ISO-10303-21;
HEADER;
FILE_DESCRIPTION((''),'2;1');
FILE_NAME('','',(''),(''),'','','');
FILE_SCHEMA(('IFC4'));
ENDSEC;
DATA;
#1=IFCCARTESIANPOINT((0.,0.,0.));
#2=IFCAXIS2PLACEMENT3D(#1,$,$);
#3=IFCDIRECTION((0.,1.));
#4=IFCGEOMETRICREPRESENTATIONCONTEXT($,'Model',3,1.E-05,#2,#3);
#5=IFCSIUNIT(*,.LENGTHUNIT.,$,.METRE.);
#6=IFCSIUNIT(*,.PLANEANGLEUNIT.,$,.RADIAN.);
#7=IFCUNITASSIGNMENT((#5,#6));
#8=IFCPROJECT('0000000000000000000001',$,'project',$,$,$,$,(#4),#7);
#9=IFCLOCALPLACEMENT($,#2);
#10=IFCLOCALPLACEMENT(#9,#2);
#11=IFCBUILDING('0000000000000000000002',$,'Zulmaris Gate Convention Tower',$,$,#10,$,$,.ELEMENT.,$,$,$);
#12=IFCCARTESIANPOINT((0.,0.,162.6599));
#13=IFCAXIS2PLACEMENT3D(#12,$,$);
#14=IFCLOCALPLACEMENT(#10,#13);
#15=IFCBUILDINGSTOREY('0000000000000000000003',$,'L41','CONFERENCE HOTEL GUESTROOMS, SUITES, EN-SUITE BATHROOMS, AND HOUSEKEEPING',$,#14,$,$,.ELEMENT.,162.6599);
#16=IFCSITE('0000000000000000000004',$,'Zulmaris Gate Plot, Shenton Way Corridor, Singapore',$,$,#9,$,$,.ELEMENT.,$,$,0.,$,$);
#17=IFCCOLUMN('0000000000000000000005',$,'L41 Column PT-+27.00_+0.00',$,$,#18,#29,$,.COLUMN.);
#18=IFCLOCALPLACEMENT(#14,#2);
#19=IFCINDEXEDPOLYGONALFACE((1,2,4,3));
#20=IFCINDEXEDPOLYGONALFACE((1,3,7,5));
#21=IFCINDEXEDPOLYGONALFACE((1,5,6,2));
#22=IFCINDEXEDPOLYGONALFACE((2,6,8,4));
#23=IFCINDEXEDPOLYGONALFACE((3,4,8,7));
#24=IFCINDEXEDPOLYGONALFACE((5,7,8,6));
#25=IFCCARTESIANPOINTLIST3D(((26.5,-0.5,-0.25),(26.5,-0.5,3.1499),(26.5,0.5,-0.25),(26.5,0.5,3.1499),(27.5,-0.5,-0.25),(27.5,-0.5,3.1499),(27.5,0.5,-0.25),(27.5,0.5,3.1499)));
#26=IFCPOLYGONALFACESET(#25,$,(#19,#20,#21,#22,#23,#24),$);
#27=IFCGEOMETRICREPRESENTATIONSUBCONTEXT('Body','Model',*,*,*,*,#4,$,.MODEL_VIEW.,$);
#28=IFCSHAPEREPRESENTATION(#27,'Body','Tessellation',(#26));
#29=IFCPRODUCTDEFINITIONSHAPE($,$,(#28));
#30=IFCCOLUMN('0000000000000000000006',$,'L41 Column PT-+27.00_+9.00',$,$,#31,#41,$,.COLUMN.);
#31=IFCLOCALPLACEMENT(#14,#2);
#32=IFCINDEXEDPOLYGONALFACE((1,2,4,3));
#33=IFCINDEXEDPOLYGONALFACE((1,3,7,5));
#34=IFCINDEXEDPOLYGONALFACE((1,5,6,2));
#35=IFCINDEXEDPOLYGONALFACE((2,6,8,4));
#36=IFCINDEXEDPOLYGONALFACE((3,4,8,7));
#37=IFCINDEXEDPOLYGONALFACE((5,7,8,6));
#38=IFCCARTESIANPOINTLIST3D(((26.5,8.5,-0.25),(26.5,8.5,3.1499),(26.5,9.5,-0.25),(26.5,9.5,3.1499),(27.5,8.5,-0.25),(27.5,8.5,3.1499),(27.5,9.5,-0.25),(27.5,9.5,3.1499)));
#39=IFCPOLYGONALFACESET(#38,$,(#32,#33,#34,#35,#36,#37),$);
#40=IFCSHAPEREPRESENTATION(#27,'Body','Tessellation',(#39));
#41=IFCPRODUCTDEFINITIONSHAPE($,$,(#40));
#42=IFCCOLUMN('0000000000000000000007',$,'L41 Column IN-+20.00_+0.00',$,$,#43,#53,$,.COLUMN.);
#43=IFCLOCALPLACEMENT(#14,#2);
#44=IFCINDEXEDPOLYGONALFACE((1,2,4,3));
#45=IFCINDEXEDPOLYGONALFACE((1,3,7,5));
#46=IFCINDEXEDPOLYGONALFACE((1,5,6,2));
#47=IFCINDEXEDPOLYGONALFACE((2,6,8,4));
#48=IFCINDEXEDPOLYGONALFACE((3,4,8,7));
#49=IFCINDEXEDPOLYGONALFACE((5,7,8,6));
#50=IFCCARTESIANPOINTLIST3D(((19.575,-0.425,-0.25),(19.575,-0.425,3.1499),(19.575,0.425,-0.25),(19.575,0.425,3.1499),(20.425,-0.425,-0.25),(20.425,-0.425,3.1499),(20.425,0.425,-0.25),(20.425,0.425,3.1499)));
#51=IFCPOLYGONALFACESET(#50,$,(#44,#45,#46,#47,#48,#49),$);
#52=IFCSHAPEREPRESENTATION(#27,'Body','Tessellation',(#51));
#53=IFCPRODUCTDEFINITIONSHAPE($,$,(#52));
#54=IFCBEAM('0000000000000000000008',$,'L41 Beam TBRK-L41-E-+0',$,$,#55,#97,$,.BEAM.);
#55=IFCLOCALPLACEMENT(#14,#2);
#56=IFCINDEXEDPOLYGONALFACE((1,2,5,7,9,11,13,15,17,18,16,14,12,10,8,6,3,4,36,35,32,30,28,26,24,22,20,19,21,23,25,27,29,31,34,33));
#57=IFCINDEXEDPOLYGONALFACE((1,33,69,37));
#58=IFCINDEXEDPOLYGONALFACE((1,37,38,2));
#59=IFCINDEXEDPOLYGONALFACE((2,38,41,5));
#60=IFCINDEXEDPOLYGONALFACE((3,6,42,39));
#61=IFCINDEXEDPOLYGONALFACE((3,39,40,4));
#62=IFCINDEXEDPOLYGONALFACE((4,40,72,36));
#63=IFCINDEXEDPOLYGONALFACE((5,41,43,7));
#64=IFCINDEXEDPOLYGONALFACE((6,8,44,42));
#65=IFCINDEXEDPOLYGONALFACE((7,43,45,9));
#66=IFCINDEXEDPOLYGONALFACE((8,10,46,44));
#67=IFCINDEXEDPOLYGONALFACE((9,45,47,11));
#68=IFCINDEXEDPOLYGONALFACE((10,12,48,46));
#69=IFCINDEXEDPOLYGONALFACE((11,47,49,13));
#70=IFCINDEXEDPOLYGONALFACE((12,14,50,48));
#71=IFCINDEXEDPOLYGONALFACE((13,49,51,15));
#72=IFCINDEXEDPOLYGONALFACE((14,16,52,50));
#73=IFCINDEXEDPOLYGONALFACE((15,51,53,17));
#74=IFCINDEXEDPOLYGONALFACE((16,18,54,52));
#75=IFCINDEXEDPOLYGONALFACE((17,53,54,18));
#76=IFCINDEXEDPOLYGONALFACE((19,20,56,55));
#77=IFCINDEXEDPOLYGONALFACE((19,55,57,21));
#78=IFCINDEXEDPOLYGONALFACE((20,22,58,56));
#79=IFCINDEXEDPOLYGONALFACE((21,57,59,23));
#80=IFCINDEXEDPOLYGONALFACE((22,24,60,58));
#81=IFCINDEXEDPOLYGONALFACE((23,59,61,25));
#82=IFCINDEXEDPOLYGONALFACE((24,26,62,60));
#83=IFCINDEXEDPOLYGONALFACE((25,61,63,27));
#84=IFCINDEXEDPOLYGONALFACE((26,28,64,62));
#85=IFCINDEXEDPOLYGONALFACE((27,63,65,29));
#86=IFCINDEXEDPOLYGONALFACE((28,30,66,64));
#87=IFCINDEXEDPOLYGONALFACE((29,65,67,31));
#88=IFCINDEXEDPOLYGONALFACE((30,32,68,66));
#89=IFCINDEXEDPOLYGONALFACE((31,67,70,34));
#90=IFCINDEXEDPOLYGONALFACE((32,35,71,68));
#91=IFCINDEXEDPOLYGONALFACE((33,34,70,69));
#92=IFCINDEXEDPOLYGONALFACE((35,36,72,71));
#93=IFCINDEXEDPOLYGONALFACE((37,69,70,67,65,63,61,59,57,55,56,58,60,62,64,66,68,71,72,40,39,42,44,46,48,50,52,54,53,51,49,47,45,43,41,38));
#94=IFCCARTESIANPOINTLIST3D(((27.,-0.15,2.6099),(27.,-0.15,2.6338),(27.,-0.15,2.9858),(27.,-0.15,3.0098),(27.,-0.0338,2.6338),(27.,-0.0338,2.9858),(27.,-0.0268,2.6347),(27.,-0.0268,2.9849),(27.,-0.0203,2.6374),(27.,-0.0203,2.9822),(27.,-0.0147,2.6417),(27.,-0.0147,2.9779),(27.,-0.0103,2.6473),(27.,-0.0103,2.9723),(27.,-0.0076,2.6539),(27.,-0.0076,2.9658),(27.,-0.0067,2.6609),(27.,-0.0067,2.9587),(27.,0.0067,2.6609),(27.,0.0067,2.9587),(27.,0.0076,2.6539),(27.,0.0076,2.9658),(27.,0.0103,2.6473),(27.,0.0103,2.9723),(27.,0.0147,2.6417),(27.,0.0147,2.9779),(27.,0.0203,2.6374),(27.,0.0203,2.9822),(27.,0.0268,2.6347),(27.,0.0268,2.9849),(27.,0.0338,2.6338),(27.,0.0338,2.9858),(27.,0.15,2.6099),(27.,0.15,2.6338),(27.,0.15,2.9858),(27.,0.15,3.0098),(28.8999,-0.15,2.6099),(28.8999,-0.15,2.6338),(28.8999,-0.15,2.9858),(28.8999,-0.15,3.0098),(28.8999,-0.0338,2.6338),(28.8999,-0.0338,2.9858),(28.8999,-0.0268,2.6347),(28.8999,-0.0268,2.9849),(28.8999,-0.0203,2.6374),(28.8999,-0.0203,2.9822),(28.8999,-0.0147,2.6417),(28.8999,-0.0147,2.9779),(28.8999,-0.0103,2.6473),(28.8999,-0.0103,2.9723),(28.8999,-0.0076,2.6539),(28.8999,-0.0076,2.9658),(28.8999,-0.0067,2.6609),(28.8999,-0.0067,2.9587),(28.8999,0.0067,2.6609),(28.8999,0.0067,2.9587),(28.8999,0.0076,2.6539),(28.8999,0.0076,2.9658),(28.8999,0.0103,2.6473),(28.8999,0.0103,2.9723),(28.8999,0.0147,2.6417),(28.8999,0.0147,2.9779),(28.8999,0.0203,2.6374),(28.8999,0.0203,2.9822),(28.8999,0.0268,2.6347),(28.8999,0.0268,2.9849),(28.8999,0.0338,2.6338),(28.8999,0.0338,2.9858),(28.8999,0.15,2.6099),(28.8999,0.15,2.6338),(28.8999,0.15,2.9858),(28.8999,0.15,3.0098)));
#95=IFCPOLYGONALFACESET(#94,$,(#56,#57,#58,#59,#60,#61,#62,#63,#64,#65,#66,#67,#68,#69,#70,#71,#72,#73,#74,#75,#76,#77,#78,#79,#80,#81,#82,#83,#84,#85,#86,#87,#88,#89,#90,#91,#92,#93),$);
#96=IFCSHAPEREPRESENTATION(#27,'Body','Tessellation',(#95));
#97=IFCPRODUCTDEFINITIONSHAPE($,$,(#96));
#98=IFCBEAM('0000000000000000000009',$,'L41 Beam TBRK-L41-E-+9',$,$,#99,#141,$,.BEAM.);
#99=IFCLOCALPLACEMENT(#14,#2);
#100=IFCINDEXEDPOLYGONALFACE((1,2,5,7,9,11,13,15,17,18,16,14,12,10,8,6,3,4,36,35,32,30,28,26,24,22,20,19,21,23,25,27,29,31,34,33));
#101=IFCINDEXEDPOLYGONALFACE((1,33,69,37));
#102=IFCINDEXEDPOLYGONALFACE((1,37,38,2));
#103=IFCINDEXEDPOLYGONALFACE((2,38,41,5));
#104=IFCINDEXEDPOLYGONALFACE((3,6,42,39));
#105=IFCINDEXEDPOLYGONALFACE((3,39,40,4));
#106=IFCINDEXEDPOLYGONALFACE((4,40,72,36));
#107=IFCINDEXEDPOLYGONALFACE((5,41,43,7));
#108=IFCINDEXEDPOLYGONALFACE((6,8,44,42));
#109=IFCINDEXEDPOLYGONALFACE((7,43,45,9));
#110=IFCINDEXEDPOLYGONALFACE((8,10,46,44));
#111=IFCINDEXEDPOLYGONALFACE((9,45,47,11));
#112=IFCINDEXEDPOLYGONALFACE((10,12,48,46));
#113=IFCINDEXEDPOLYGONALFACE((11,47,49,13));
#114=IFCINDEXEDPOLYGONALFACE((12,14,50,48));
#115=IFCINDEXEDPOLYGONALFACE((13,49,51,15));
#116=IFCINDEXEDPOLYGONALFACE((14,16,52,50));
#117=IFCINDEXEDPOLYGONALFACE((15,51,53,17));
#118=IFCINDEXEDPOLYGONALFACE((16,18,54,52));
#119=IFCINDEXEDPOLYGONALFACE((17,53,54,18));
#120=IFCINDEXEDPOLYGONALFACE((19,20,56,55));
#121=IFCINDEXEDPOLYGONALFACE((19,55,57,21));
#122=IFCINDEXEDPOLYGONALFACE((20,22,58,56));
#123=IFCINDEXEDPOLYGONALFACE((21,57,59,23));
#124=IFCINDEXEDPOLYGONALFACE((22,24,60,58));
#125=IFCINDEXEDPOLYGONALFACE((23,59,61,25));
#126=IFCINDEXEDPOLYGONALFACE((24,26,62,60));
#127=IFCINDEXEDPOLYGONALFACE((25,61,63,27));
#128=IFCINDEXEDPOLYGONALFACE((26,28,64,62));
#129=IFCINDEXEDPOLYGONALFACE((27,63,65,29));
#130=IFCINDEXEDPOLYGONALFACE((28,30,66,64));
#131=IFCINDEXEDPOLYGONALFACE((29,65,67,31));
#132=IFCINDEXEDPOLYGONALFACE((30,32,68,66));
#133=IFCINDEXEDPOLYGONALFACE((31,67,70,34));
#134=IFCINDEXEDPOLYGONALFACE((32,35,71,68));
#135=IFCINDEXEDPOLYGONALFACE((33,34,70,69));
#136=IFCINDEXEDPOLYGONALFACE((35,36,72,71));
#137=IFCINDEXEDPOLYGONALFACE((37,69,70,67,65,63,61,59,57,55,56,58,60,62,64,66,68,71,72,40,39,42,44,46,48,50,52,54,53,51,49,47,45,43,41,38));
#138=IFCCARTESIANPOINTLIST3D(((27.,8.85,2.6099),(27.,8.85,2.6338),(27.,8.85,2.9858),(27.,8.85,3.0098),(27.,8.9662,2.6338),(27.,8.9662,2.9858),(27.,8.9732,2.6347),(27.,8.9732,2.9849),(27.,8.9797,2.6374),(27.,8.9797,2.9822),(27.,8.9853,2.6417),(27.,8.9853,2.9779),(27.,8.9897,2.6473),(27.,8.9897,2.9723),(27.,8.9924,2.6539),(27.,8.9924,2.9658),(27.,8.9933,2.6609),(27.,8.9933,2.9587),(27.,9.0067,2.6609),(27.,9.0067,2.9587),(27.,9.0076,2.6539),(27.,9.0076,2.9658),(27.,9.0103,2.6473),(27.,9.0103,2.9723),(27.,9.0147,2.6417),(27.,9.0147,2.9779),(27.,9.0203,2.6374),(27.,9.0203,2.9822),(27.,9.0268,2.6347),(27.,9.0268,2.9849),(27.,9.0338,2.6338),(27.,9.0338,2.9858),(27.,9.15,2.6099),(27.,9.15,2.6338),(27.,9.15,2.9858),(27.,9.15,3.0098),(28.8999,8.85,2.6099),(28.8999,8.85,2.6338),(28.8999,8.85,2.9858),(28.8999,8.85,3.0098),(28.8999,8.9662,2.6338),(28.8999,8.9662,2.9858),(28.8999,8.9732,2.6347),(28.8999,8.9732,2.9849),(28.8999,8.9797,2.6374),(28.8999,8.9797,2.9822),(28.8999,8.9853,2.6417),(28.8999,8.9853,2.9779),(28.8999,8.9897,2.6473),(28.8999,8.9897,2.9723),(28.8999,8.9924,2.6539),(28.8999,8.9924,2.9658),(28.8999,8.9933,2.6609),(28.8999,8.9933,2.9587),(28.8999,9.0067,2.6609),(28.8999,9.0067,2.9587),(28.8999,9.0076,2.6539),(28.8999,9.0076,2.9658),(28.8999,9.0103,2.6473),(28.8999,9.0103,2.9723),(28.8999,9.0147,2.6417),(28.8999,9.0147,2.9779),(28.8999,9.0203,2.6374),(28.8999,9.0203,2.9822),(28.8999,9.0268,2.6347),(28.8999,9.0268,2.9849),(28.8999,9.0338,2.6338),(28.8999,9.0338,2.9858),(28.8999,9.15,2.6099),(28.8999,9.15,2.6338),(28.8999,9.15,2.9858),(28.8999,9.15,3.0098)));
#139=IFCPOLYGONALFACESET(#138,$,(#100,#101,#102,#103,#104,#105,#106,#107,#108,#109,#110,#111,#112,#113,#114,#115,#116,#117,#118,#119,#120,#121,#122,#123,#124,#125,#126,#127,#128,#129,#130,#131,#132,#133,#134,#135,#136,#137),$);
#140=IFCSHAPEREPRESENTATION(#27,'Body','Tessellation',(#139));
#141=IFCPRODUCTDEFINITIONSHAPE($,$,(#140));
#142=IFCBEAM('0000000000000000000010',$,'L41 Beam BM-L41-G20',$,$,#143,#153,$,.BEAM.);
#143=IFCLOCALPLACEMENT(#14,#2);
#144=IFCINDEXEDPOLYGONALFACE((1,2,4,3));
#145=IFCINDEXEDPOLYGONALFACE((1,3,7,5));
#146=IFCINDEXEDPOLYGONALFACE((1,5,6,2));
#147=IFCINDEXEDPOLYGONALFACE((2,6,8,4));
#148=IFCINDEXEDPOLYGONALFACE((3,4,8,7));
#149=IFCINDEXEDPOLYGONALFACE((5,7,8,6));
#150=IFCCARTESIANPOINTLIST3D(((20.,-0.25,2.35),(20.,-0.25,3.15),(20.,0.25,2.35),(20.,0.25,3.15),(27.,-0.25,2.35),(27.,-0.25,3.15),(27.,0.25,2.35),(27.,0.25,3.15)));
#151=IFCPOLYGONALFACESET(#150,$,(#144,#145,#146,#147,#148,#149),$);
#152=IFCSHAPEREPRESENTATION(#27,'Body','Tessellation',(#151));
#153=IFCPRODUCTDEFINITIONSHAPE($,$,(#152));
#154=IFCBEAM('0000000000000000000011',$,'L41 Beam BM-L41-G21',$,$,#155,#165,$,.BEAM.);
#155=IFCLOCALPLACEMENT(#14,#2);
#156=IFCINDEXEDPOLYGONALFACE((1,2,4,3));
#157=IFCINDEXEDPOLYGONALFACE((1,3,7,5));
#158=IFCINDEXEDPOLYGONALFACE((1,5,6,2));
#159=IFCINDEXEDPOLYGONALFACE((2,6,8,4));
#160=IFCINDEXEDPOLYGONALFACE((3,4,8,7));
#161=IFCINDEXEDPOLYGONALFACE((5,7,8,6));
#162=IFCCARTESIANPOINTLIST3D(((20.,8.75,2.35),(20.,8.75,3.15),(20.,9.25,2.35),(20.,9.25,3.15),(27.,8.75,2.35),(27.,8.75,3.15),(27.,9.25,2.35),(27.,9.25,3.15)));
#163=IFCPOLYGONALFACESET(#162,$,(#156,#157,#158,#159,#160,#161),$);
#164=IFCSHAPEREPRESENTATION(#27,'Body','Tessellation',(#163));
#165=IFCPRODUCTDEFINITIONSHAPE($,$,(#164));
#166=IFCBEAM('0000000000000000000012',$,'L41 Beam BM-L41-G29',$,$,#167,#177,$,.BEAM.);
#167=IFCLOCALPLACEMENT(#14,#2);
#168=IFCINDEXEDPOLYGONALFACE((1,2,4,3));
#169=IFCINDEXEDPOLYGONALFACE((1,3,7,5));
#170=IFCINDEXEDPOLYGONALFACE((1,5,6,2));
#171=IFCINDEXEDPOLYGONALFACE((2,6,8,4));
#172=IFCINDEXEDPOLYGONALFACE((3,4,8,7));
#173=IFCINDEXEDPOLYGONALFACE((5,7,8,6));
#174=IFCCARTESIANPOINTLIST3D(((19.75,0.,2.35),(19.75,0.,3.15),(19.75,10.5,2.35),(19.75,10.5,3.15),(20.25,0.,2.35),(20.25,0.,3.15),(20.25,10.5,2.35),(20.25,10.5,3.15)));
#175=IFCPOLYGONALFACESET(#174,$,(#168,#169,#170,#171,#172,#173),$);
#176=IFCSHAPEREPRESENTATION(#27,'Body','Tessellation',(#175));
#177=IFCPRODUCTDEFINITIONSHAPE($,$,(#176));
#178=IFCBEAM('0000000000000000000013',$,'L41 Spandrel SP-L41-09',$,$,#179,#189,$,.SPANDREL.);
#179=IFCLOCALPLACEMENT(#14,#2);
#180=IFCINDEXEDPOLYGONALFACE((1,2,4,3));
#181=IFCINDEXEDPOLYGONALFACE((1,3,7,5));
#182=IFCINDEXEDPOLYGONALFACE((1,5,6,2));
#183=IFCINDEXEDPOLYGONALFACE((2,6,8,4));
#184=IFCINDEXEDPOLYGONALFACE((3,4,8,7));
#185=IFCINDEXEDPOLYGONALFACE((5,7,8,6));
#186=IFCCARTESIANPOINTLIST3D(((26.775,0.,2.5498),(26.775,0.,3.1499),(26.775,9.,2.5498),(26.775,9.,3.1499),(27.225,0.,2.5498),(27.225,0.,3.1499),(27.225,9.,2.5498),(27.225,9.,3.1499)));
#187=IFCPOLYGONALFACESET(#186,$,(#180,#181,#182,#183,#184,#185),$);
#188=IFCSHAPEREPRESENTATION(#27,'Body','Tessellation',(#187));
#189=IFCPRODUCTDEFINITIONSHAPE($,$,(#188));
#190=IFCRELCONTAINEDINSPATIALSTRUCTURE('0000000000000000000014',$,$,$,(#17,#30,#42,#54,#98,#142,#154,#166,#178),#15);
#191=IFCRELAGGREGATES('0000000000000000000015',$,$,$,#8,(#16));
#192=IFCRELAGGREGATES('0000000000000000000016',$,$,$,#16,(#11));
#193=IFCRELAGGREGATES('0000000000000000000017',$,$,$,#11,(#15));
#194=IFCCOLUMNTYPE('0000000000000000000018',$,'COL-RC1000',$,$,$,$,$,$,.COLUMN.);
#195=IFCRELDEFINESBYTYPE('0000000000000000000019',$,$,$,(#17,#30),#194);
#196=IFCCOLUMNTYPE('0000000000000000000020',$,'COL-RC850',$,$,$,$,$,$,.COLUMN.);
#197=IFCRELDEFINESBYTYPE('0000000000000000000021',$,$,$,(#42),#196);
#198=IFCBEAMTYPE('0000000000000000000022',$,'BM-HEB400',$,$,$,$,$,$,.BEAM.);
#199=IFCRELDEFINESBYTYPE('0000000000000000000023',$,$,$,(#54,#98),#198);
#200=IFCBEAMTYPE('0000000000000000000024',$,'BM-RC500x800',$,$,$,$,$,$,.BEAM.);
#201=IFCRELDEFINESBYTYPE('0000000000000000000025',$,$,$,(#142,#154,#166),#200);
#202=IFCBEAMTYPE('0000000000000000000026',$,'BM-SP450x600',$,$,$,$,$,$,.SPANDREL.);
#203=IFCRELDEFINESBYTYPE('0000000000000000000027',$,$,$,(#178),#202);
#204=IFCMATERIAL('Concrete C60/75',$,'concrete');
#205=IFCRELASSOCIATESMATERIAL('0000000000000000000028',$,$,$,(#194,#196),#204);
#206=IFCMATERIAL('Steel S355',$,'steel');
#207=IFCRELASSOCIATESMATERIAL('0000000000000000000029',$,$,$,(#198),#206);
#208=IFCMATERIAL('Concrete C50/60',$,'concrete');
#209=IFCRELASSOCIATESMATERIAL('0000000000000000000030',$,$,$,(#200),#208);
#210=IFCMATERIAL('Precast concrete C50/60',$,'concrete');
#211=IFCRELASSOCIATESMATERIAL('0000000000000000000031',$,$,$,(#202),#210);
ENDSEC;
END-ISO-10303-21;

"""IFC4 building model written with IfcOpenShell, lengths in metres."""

from ifc_helpers import new_model, si_unit, direction, frame, origin, origin_2d, place, context, subcontext, project, spatial, rectangle, i_section, extrude, material, material_profile, profile_set, type_object, element, save


model = new_model("IFC4")

# Units and contexts
model_context = context("Model", 3, precision=1e-05, world=origin(), true_north=direction((0.0, 1.0)))
body_context = subcontext(model_context, "Body", "Model", "MODEL_VIEW")
ifc_project = project(units=[si_unit("LENGTHUNIT", "METRE"), si_unit("PLANEANGLEUNIT", "RADIAN")], contexts=[model_context])

# Site, building, storey
site_placement = place(None, origin())
site = spatial("IfcSite", under=ifc_project, at=site_placement, Name="Zulmaris Gate Plot, Shenton Way Corridor, Singapore", CompositionType="ELEMENT", RefElevation=0.0)
building_placement = place(site_placement, origin())
building = spatial("IfcBuilding", under=site, at=building_placement, Name="Zulmaris Gate Convention Tower", CompositionType="ELEMENT")
storey_placement = place(building_placement, frame((0.0, 0.0, 162.6599)))
storey = spatial("IfcBuildingStorey", under=building, at=storey_placement, Name="L41", Description="CONFERENCE HOTEL GUESTROOMS, SUITES, EN-SUITE BATHROOMS, AND HOUSEKEEPING", CompositionType="ELEMENT", Elevation=162.6599)

# Columns
ifc_material_1 = material(Name="Concrete C60/75", Category="concrete")
ifc_material_profile_1 = material_profile(ifc_material_1, rectangle(XDim=1.0, YDim=1.0, at=origin_2d()), Name="RC COL 1000x1000")
ifc_profile_set_1 = profile_set([ifc_material_profile_1], Name="Concrete C60/75")
column_type_1 = type_object("IfcColumnType", Name="COL-RC1000", PredefinedType="COLUMN", material=ifc_profile_set_1)
for number, where, z_axis, x_axis, name in (
    (1, (27.0, 0.0, -0.25), (0.0, 0.0, 1.0), (1.0, 0.0, 0.0), "L41 Column PT-+27.00_+0.00"),
    (2, (27.0, 9.0, -0.25), (0.0, 0.0, 1.0), (1.0, 0.0, 0.0), "L41 Column PT-+27.00_+9.00"),
):
    element("IfcColumn", number, at=place(storey_placement, frame(where, z_axis=z_axis, x_axis=x_axis)), inside=storey, type_object=column_type_1, Name=name, PredefinedType="COLUMN", context=body_context, shape_type="SweptSolid", body=[
        extrude(rectangle(XDim=1.0, YDim=1.0, at=origin_2d()), origin(), (0.0, 0.0, 1.0), 3.3999),
    ])
ifc_material_profile_2 = material_profile(ifc_material_1, rectangle(XDim=0.8501, YDim=0.8501, at=origin_2d()), Name="RC COL 850x850")
ifc_profile_set_2 = profile_set([ifc_material_profile_2], Name="Concrete C60/75")
column_type_2 = type_object("IfcColumnType", Name="COL-RC850", PredefinedType="COLUMN", material=ifc_profile_set_2)
column_placement = place(storey_placement, frame((20.0, 0.0, -0.25), z_axis=(0.0, 0.0, 1.0), x_axis=(1.0, 0.0, 0.0)))
element("IfcColumn", 3, at=column_placement, inside=storey, type_object=column_type_2, Name="L41 Column IN-+20.00_+0.00", PredefinedType="COLUMN", context=body_context, shape_type="SweptSolid", body=[
    extrude(rectangle(XDim=0.8501, YDim=0.8501, at=origin_2d()), origin(), (0.0, 0.0, 1.0), 3.3999),
])

# Beams
ifc_material_2 = material(Name="Steel S355", Category="steel")
ifc_material_profile_3 = material_profile(ifc_material_2, i_section(OverallWidth=0.3, OverallDepth=0.3999, WebThickness=0.0134, FlangeThickness=0.0239, FilletRadius=0.0271, at=origin_2d()), Name="HEB 400")
ifc_profile_set_3 = profile_set([ifc_material_profile_3], Name="Steel S355")
beam_type_1 = type_object("IfcBeamType", Name="BM-HEB400", PredefinedType="BEAM", material=ifc_profile_set_3)
for number, where, z_axis, x_axis, name in (
    (4, (27.0, 0.0, 2.8098), (1.0, 0.0, 0.0), (0.0, 1.0, 0.0), "L41 Beam TBRK-L41-E-+0"),
    (5, (27.0, 9.0, 2.8098), (1.0, 0.0, 0.0), (0.0, 1.0, 0.0), "L41 Beam TBRK-L41-E-+9"),
):
    element("IfcBeam", number, at=place(storey_placement, frame(where, z_axis=z_axis, x_axis=x_axis)), inside=storey, type_object=beam_type_1, Name=name, PredefinedType="BEAM", context=body_context, shape_type="SweptSolid", body=[
        extrude(i_section(OverallWidth=0.3, OverallDepth=0.3999, WebThickness=0.0134, FlangeThickness=0.0239, FilletRadius=0.0271, at=origin_2d()), origin(), (0.0, 0.0, 1.0), 1.8999),
    ])
ifc_material_3 = material(Name="Concrete C50/60", Category="concrete")
ifc_material_profile_4 = material_profile(ifc_material_3, rectangle(XDim=0.5, YDim=0.8, at=origin_2d()), Name="RC BEAM 500x800")
ifc_profile_set_4 = profile_set([ifc_material_profile_4], Name="Concrete C50/60")
beam_type_2 = type_object("IfcBeamType", Name="BM-RC500x800", PredefinedType="BEAM", material=ifc_profile_set_4)
for number, where, z_axis, x_axis, name in (
    (6, (20.0, 0.0, 2.75), (1.0, 0.0, 0.0), (0.0, 1.0, 0.0), "L41 Beam BM-L41-G20"),
    (7, (20.0, 9.0, 2.75), (1.0, 0.0, 0.0), (0.0, 1.0, 0.0), "L41 Beam BM-L41-G21"),
):
    element("IfcBeam", number, at=place(storey_placement, frame(where, z_axis=z_axis, x_axis=x_axis)), inside=storey, type_object=beam_type_2, Name=name, PredefinedType="BEAM", context=body_context, shape_type="SweptSolid", body=[
        extrude(rectangle(XDim=0.5, YDim=0.8, at=origin_2d()), origin(), (0.0, 0.0, 1.0), 7.0),
    ])
beam_1_placement = place(storey_placement, frame((20.0, 0.0, 2.75), z_axis=(0.0, 1.0, 0.0), x_axis=(-1.0, 0.0, 0.0)))
element("IfcBeam", 8, at=beam_1_placement, inside=storey, type_object=beam_type_2, Name="L41 Beam BM-L41-G29", PredefinedType="BEAM", context=body_context, shape_type="SweptSolid", body=[
    extrude(rectangle(XDim=0.5, YDim=0.8, at=origin_2d()), origin(), (0.0, 0.0, 1.0), 10.5),
])
ifc_material_4 = material(Name="Precast concrete C50/60", Category="concrete")
ifc_material_profile_5 = material_profile(ifc_material_4, rectangle(XDim=0.45, YDim=0.6001, at=origin_2d()), Name="RC SPANDREL 450x600")
ifc_profile_set_5 = profile_set([ifc_material_profile_5], Name="Precast concrete C50/60")
beam_type_3 = type_object("IfcBeamType", Name="BM-SP450x600", PredefinedType="SPANDREL", material=ifc_profile_set_5)
beam_2_placement = place(storey_placement, frame((27.0, 0.0, 2.8499), z_axis=(0.0, 1.0, 0.0), x_axis=(-1.0, 0.0, 0.0)))
element("IfcBeam", 9, at=beam_2_placement, inside=storey, type_object=beam_type_3, Name="L41 Spandrel SP-L41-09", PredefinedType="SPANDREL", context=body_context, shape_type="SweptSolid", body=[
    extrude(rectangle(XDim=0.45, YDim=0.6001, at=origin_2d()), origin(), (0.0, 0.0, 1.0), 9.0),
])

save(model, "model.ifc")
